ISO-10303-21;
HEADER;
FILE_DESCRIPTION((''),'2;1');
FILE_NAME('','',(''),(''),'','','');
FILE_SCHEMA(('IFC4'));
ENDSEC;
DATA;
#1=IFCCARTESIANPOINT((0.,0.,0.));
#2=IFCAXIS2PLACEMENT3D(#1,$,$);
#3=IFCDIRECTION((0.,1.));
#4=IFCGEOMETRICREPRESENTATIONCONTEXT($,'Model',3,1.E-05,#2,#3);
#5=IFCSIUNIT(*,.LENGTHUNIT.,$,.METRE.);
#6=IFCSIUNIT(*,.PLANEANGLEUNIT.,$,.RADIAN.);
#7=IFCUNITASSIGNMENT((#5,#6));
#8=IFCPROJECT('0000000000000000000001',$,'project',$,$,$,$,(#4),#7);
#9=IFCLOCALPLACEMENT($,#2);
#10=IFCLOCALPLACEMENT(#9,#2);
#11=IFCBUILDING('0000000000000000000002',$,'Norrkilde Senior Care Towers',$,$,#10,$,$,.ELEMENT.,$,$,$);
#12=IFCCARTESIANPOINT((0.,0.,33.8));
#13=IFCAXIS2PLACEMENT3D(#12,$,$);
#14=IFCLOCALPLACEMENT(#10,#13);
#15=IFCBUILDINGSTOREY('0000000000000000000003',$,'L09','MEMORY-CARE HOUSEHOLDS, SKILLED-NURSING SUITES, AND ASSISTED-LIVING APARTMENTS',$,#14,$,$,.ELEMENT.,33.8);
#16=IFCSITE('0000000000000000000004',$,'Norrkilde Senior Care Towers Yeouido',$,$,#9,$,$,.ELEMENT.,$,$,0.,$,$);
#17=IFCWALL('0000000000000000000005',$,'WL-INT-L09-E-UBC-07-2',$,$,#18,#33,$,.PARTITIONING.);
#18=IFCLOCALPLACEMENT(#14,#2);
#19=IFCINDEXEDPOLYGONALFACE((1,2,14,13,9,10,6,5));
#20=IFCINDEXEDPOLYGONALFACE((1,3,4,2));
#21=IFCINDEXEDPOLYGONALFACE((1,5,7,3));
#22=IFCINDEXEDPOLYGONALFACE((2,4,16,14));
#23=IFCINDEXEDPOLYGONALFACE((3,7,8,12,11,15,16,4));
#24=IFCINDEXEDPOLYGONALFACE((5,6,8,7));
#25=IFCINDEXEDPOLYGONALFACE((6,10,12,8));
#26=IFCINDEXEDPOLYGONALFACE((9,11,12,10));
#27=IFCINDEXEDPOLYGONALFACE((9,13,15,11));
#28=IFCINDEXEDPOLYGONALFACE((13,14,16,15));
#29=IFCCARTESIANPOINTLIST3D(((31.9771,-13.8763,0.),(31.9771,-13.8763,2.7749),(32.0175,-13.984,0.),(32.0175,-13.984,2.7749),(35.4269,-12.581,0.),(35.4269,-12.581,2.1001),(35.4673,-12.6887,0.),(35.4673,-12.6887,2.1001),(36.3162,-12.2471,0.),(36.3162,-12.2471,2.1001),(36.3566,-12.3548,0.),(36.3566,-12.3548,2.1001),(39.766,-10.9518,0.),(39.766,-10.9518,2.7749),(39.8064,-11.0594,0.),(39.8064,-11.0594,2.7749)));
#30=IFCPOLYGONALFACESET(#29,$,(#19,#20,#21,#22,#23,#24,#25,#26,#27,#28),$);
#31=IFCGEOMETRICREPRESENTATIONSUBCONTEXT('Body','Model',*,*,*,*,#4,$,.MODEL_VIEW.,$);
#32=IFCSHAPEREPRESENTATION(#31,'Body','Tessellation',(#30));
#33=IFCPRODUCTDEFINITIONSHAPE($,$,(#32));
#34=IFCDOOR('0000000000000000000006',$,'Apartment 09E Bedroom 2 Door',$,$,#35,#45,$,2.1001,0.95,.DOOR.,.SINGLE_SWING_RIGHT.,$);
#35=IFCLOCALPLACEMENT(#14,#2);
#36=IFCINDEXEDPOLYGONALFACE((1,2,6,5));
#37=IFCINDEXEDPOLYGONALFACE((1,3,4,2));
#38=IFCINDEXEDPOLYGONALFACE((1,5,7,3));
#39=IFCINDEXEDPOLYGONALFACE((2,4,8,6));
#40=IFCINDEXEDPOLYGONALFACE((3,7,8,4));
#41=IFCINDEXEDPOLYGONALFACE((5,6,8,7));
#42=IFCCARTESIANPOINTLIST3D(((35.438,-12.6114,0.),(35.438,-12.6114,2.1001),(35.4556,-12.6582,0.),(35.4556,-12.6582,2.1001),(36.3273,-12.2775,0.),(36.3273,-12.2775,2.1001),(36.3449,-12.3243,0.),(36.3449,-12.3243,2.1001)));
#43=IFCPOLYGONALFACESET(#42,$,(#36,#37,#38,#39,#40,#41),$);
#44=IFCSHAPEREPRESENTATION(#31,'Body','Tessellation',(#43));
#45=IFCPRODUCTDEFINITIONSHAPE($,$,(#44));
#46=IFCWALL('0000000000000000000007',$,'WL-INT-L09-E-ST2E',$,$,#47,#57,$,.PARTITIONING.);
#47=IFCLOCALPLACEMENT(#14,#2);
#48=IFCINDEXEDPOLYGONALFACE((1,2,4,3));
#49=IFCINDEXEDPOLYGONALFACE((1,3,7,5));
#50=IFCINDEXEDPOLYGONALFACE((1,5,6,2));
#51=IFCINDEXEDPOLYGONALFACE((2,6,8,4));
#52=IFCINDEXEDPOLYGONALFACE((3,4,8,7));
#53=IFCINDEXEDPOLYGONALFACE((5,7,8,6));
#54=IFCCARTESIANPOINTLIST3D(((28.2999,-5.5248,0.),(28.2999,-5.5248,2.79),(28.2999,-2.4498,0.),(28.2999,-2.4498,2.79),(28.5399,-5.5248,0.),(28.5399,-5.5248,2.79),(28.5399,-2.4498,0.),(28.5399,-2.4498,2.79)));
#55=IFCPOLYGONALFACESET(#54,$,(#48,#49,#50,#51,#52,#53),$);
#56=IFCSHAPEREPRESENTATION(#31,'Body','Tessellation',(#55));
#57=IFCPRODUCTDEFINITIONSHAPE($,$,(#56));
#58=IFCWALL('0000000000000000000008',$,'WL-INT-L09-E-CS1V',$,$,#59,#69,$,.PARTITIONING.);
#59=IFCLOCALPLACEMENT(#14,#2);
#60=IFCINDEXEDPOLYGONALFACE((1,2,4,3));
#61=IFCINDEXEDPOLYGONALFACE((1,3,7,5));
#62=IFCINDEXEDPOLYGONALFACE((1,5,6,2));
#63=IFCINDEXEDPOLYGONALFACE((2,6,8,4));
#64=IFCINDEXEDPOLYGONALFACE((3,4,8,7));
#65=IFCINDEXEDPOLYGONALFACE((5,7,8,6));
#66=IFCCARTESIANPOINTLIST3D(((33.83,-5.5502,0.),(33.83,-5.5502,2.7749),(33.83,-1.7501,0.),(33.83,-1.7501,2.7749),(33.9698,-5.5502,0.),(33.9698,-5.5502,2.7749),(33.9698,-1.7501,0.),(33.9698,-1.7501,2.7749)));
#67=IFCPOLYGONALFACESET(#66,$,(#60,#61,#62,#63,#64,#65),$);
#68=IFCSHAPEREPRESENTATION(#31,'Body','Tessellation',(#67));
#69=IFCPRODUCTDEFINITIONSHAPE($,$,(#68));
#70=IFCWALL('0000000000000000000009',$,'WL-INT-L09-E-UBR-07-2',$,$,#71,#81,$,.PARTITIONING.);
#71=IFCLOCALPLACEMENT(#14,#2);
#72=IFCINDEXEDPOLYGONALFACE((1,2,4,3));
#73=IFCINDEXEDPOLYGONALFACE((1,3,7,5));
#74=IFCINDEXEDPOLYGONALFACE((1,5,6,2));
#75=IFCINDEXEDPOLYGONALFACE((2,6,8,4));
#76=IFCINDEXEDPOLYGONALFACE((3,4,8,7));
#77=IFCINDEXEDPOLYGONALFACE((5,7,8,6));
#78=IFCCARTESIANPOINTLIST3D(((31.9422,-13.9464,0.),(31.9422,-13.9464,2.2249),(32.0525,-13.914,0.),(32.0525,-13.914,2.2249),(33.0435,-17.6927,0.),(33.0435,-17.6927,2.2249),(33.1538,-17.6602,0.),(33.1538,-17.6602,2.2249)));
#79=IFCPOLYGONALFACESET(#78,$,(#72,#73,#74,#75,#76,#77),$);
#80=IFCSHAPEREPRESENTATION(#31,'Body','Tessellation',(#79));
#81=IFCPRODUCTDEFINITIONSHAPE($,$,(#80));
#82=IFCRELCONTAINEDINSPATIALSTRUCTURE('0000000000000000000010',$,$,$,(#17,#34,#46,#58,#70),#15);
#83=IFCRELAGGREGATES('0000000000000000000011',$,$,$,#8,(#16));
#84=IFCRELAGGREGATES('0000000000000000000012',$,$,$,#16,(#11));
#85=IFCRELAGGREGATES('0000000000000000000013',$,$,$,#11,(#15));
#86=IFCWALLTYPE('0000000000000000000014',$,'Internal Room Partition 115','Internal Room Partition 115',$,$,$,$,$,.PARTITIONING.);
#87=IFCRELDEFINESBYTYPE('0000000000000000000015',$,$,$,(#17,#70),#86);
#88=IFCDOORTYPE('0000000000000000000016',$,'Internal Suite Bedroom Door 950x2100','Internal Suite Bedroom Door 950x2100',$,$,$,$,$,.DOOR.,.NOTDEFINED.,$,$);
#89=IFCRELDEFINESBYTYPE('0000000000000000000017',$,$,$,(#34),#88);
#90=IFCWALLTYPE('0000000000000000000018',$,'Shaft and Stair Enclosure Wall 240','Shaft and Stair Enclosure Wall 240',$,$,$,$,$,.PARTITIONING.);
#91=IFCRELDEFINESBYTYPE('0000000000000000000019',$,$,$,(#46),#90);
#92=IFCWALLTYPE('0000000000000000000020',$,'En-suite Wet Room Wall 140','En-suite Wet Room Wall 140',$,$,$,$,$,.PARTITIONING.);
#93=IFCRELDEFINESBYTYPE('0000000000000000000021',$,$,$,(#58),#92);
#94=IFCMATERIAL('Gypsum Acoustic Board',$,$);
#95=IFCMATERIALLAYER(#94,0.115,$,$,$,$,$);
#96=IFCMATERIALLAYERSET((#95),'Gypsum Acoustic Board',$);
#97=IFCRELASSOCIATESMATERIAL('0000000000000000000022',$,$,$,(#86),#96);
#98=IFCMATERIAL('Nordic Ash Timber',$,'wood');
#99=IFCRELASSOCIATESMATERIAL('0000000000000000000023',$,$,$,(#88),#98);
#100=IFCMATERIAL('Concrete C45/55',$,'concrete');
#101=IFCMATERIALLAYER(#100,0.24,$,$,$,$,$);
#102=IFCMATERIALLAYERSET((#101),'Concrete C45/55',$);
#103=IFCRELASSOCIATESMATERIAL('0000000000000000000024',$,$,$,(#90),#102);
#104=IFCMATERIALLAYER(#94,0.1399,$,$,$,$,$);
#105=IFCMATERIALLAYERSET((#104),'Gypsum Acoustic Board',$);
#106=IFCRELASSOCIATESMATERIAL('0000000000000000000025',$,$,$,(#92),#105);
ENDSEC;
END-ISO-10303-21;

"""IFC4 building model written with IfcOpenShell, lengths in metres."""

from ifc_helpers import new_model, si_unit, direction, frame, frame_2d, origin, place, context, subcontext, project, spatial, rectangle, extrude, source, transform, mapped, material, layer, layer_set, type_object, type_shapes, element, fill, save


model = new_model("IFC4")

# Units and contexts
model_context = context("Model", 3, precision=1e-05, world=origin(), true_north=direction((0.0, 1.0)))
body_context = subcontext(model_context, "Body", "Model", "MODEL_VIEW")
ifc_project = project(units=[si_unit("LENGTHUNIT", "METRE"), si_unit("PLANEANGLEUNIT", "RADIAN")], contexts=[model_context])

# Site, building, storey
site_placement = place(None, origin())
site = spatial("IfcSite", under=ifc_project, at=site_placement, Name="Norrkilde Senior Care Towers Yeouido", CompositionType="ELEMENT", RefElevation=0.0)
building_placement = place(site_placement, origin())
building = spatial("IfcBuilding", under=site, at=building_placement, Name="Norrkilde Senior Care Towers", CompositionType="ELEMENT")
storey_placement = place(building_placement, frame((0.0, 0.0, 33.8)))
storey = spatial("IfcBuildingStorey", under=building, at=storey_placement, Name="L09", Description="MEMORY-CARE HOUSEHOLDS, SKILLED-NURSING SUITES, AND ASSISTED-LIVING APARTMENTS", CompositionType="ELEMENT", Elevation=33.8)

# Shared definitions
ifc_material_1 = material(Name="Concrete C45/55", Category="concrete")

# Shared definitions
ifc_material_2 = material(Name="Gypsum Acoustic Board")
ifc_layer_1 = layer(ifc_material_2, 0.115)
ifc_layer_set_1 = layer_set([ifc_layer_1], Name="Gypsum Acoustic Board")
wall_type_1 = type_object("IfcWallType", Name="Internal Room Partition 115", Description="Internal Room Partition 115", PredefinedType="PARTITIONING", material=ifc_layer_set_1)

# Wall, opening, door
shared_shape_1 = source(origin(), body_context, "Body", "SweptSolid", [
    extrude(rectangle(XDim=8.3198, YDim=0.115, at=frame_2d((4.1599, 0.0))), origin(), (0.0, 0.0, 1.0), 2.7749),
])
wall_1_placement = place(storey_placement, frame((31.9973, -13.9302, 0.0), z_axis=(0.0, 0.0, 1.0), x_axis=(0.936181, 0.351519, 0.0)))
wall_1 = element("IfcWall", 1, at=wall_1_placement, inside=storey, type_object=wall_type_1, Name="WL-INT-L09-E-UBC-07-2", PredefinedType="PARTITIONING", context=body_context, shape_type="MappedRepresentation", body=[
    mapped(shared_shape_1, transform((0.0, 0.0, 0.0), x_axis=(1.0, 0.0, 0.0), y_axis=(0.0, 1.0, 0.0), z_axis=(0.0, 0.0, 1.0), scale=1.0)),
])
opening_1_placement = place(wall_1_placement, frame((3.6848, 0.0, 0.0)))
opening_1 = element("IfcOpeningElement", 2, at=opening_1_placement, cuts=wall_1, PredefinedType="OPENING", context=body_context, shape_type="SweptSolid", body=[
    extrude(rectangle(XDim=0.95, YDim=2.1001, at=frame_2d((0.4751, 1.05))), frame((0.0, 0.0674, 0.0), z_axis=(0.0, -1.0, 0.0), x_axis=(1.0, 0.0, 0.0)), (0.0, 0.0, 1.0), 0.135),
])
ifc_material_3 = material(Name="Nordic Ash Timber", Category="wood")
door_type_1 = type_object("IfcDoorType", Name="Internal Suite Bedroom Door 950x2100", Description="Internal Suite Bedroom Door 950x2100", OperationType="NOTDEFINED", PredefinedType="DOOR", material=ifc_material_3)
shared_shape_2 = source(origin(), body_context, "Body", "SweptSolid", [
    extrude(rectangle(XDim=0.95, YDim=2.1001, at=frame_2d((0.4751, 1.05))), frame((0.0, 0.0249, 0.0), z_axis=(0.0, -1.0, 0.0), x_axis=(1.0, 0.0, 0.0)), (0.0, 0.0, 1.0), 0.05),
])
type_shapes(door_type_1, [shared_shape_2])
door_1_placement = place(opening_1_placement, frame((0.95, 0.0, 0.0), z_axis=(0.0, 0.0, 1.0), x_axis=(-1.0, 0.0, 0.0)))
door_1 = element("IfcDoor", 3, at=door_1_placement, inside=storey, type_object=door_type_1, Name="Apartment 09E Bedroom 2 Door", OperationType="SINGLE_SWING_RIGHT", OverallHeight=2.1001, OverallWidth=0.95, PredefinedType="DOOR", context=body_context, shape_type="MappedRepresentation", body=[
    mapped(shared_shape_2, transform((0.0, 0.0, 0.0), x_axis=(1.0, 0.0, 0.0), y_axis=(0.0, 1.0, 0.0), z_axis=(0.0, 0.0, 1.0), scale=1.0)),
])
fill(opening_1, door_1)

# Walls
ifc_layer_2 = layer(ifc_material_1, 0.24)
ifc_layer_set_2 = layer_set([ifc_layer_2], Name="Concrete C45/55")
wall_type_2 = type_object("IfcWallType", Name="Shaft and Stair Enclosure Wall 240", Description="Shaft and Stair Enclosure Wall 240", PredefinedType="PARTITIONING", material=ifc_layer_set_2)
shared_shape_3 = source(origin(), body_context, "Body", "SweptSolid", [
    extrude(rectangle(XDim=3.075, YDim=0.24, at=frame_2d((1.5376, 0.0))), origin(), (0.0, 0.0, 1.0), 2.79),
])
type_shapes(wall_type_2, [shared_shape_3])
wall_2_placement = place(storey_placement, frame((28.4199, -5.5249, 0.0), z_axis=(0.0, 0.0, 1.0), x_axis=(0.0, 1.0, 0.0)))
element("IfcWall", 4, at=wall_2_placement, inside=storey, type_object=wall_type_2, Name="WL-INT-L09-E-ST2E", PredefinedType="PARTITIONING", context=body_context, shape_type="MappedRepresentation", body=[
    mapped(shared_shape_3, transform((0.0, 0.0, 0.0), x_axis=(1.0, 0.0, 0.0), y_axis=(0.0, 1.0, 0.0), z_axis=(0.0, 0.0, 1.0), scale=1.0)),
])
ifc_layer_3 = layer(ifc_material_2, 0.1399)
ifc_layer_set_3 = layer_set([ifc_layer_3], Name="Gypsum Acoustic Board")
wall_type_3 = type_object("IfcWallType", Name="En-suite Wet Room Wall 140", Description="En-suite Wet Room Wall 140", PredefinedType="PARTITIONING", material=ifc_layer_set_3)
shared_shape_4 = source(origin(), body_context, "Body", "SweptSolid", [
    extrude(rectangle(XDim=3.8, YDim=0.1399, at=frame_2d((1.8999, 0.0))), origin(), (0.0, 0.0, 1.0), 2.7749),
])
type_shapes(wall_type_3, [shared_shape_4])
wall_3_placement = place(storey_placement, frame((33.8999, -5.55, 0.0), z_axis=(0.0, 0.0, 1.0), x_axis=(0.0, 1.0, 0.0)))
element("IfcWall", 5, at=wall_3_placement, inside=storey, type_object=wall_type_3, Name="WL-INT-L09-E-CS1V", PredefinedType="PARTITIONING", context=body_context, shape_type="MappedRepresentation", body=[
    mapped(shared_shape_4, transform((0.0, 0.0, 0.0), x_axis=(1.0, 0.0, 0.0), y_axis=(0.0, 1.0, 0.0), z_axis=(0.0, 0.0, 1.0), scale=1.0)),
])
shared_shape_5 = source(origin(), body_context, "Body", "SweptSolid", [
    extrude(rectangle(XDim=3.9048, YDim=0.115, at=frame_2d((1.9524, 0.0))), origin(), (0.0, 0.0, 1.0), 2.2249),
])
wall_4_placement = place(storey_placement, frame((31.9973, -13.9302, 0.0), z_axis=(0.0, 0.0, 1.0), x_axis=(0.282038, -0.959403, 0.0)))
element("IfcWall", 6, at=wall_4_placement, inside=storey, type_object=wall_type_1, Name="WL-INT-L09-E-UBR-07-2", PredefinedType="PARTITIONING", context=body_context, shape_type="MappedRepresentation", body=[
    mapped(shared_shape_5, transform((0.0, 0.0, 0.0), x_axis=(1.0, 0.0, 0.0), y_axis=(0.0, 1.0, 0.0), z_axis=(0.0, 0.0, 1.0), scale=1.0)),
])

save(model, "model.ifc")
